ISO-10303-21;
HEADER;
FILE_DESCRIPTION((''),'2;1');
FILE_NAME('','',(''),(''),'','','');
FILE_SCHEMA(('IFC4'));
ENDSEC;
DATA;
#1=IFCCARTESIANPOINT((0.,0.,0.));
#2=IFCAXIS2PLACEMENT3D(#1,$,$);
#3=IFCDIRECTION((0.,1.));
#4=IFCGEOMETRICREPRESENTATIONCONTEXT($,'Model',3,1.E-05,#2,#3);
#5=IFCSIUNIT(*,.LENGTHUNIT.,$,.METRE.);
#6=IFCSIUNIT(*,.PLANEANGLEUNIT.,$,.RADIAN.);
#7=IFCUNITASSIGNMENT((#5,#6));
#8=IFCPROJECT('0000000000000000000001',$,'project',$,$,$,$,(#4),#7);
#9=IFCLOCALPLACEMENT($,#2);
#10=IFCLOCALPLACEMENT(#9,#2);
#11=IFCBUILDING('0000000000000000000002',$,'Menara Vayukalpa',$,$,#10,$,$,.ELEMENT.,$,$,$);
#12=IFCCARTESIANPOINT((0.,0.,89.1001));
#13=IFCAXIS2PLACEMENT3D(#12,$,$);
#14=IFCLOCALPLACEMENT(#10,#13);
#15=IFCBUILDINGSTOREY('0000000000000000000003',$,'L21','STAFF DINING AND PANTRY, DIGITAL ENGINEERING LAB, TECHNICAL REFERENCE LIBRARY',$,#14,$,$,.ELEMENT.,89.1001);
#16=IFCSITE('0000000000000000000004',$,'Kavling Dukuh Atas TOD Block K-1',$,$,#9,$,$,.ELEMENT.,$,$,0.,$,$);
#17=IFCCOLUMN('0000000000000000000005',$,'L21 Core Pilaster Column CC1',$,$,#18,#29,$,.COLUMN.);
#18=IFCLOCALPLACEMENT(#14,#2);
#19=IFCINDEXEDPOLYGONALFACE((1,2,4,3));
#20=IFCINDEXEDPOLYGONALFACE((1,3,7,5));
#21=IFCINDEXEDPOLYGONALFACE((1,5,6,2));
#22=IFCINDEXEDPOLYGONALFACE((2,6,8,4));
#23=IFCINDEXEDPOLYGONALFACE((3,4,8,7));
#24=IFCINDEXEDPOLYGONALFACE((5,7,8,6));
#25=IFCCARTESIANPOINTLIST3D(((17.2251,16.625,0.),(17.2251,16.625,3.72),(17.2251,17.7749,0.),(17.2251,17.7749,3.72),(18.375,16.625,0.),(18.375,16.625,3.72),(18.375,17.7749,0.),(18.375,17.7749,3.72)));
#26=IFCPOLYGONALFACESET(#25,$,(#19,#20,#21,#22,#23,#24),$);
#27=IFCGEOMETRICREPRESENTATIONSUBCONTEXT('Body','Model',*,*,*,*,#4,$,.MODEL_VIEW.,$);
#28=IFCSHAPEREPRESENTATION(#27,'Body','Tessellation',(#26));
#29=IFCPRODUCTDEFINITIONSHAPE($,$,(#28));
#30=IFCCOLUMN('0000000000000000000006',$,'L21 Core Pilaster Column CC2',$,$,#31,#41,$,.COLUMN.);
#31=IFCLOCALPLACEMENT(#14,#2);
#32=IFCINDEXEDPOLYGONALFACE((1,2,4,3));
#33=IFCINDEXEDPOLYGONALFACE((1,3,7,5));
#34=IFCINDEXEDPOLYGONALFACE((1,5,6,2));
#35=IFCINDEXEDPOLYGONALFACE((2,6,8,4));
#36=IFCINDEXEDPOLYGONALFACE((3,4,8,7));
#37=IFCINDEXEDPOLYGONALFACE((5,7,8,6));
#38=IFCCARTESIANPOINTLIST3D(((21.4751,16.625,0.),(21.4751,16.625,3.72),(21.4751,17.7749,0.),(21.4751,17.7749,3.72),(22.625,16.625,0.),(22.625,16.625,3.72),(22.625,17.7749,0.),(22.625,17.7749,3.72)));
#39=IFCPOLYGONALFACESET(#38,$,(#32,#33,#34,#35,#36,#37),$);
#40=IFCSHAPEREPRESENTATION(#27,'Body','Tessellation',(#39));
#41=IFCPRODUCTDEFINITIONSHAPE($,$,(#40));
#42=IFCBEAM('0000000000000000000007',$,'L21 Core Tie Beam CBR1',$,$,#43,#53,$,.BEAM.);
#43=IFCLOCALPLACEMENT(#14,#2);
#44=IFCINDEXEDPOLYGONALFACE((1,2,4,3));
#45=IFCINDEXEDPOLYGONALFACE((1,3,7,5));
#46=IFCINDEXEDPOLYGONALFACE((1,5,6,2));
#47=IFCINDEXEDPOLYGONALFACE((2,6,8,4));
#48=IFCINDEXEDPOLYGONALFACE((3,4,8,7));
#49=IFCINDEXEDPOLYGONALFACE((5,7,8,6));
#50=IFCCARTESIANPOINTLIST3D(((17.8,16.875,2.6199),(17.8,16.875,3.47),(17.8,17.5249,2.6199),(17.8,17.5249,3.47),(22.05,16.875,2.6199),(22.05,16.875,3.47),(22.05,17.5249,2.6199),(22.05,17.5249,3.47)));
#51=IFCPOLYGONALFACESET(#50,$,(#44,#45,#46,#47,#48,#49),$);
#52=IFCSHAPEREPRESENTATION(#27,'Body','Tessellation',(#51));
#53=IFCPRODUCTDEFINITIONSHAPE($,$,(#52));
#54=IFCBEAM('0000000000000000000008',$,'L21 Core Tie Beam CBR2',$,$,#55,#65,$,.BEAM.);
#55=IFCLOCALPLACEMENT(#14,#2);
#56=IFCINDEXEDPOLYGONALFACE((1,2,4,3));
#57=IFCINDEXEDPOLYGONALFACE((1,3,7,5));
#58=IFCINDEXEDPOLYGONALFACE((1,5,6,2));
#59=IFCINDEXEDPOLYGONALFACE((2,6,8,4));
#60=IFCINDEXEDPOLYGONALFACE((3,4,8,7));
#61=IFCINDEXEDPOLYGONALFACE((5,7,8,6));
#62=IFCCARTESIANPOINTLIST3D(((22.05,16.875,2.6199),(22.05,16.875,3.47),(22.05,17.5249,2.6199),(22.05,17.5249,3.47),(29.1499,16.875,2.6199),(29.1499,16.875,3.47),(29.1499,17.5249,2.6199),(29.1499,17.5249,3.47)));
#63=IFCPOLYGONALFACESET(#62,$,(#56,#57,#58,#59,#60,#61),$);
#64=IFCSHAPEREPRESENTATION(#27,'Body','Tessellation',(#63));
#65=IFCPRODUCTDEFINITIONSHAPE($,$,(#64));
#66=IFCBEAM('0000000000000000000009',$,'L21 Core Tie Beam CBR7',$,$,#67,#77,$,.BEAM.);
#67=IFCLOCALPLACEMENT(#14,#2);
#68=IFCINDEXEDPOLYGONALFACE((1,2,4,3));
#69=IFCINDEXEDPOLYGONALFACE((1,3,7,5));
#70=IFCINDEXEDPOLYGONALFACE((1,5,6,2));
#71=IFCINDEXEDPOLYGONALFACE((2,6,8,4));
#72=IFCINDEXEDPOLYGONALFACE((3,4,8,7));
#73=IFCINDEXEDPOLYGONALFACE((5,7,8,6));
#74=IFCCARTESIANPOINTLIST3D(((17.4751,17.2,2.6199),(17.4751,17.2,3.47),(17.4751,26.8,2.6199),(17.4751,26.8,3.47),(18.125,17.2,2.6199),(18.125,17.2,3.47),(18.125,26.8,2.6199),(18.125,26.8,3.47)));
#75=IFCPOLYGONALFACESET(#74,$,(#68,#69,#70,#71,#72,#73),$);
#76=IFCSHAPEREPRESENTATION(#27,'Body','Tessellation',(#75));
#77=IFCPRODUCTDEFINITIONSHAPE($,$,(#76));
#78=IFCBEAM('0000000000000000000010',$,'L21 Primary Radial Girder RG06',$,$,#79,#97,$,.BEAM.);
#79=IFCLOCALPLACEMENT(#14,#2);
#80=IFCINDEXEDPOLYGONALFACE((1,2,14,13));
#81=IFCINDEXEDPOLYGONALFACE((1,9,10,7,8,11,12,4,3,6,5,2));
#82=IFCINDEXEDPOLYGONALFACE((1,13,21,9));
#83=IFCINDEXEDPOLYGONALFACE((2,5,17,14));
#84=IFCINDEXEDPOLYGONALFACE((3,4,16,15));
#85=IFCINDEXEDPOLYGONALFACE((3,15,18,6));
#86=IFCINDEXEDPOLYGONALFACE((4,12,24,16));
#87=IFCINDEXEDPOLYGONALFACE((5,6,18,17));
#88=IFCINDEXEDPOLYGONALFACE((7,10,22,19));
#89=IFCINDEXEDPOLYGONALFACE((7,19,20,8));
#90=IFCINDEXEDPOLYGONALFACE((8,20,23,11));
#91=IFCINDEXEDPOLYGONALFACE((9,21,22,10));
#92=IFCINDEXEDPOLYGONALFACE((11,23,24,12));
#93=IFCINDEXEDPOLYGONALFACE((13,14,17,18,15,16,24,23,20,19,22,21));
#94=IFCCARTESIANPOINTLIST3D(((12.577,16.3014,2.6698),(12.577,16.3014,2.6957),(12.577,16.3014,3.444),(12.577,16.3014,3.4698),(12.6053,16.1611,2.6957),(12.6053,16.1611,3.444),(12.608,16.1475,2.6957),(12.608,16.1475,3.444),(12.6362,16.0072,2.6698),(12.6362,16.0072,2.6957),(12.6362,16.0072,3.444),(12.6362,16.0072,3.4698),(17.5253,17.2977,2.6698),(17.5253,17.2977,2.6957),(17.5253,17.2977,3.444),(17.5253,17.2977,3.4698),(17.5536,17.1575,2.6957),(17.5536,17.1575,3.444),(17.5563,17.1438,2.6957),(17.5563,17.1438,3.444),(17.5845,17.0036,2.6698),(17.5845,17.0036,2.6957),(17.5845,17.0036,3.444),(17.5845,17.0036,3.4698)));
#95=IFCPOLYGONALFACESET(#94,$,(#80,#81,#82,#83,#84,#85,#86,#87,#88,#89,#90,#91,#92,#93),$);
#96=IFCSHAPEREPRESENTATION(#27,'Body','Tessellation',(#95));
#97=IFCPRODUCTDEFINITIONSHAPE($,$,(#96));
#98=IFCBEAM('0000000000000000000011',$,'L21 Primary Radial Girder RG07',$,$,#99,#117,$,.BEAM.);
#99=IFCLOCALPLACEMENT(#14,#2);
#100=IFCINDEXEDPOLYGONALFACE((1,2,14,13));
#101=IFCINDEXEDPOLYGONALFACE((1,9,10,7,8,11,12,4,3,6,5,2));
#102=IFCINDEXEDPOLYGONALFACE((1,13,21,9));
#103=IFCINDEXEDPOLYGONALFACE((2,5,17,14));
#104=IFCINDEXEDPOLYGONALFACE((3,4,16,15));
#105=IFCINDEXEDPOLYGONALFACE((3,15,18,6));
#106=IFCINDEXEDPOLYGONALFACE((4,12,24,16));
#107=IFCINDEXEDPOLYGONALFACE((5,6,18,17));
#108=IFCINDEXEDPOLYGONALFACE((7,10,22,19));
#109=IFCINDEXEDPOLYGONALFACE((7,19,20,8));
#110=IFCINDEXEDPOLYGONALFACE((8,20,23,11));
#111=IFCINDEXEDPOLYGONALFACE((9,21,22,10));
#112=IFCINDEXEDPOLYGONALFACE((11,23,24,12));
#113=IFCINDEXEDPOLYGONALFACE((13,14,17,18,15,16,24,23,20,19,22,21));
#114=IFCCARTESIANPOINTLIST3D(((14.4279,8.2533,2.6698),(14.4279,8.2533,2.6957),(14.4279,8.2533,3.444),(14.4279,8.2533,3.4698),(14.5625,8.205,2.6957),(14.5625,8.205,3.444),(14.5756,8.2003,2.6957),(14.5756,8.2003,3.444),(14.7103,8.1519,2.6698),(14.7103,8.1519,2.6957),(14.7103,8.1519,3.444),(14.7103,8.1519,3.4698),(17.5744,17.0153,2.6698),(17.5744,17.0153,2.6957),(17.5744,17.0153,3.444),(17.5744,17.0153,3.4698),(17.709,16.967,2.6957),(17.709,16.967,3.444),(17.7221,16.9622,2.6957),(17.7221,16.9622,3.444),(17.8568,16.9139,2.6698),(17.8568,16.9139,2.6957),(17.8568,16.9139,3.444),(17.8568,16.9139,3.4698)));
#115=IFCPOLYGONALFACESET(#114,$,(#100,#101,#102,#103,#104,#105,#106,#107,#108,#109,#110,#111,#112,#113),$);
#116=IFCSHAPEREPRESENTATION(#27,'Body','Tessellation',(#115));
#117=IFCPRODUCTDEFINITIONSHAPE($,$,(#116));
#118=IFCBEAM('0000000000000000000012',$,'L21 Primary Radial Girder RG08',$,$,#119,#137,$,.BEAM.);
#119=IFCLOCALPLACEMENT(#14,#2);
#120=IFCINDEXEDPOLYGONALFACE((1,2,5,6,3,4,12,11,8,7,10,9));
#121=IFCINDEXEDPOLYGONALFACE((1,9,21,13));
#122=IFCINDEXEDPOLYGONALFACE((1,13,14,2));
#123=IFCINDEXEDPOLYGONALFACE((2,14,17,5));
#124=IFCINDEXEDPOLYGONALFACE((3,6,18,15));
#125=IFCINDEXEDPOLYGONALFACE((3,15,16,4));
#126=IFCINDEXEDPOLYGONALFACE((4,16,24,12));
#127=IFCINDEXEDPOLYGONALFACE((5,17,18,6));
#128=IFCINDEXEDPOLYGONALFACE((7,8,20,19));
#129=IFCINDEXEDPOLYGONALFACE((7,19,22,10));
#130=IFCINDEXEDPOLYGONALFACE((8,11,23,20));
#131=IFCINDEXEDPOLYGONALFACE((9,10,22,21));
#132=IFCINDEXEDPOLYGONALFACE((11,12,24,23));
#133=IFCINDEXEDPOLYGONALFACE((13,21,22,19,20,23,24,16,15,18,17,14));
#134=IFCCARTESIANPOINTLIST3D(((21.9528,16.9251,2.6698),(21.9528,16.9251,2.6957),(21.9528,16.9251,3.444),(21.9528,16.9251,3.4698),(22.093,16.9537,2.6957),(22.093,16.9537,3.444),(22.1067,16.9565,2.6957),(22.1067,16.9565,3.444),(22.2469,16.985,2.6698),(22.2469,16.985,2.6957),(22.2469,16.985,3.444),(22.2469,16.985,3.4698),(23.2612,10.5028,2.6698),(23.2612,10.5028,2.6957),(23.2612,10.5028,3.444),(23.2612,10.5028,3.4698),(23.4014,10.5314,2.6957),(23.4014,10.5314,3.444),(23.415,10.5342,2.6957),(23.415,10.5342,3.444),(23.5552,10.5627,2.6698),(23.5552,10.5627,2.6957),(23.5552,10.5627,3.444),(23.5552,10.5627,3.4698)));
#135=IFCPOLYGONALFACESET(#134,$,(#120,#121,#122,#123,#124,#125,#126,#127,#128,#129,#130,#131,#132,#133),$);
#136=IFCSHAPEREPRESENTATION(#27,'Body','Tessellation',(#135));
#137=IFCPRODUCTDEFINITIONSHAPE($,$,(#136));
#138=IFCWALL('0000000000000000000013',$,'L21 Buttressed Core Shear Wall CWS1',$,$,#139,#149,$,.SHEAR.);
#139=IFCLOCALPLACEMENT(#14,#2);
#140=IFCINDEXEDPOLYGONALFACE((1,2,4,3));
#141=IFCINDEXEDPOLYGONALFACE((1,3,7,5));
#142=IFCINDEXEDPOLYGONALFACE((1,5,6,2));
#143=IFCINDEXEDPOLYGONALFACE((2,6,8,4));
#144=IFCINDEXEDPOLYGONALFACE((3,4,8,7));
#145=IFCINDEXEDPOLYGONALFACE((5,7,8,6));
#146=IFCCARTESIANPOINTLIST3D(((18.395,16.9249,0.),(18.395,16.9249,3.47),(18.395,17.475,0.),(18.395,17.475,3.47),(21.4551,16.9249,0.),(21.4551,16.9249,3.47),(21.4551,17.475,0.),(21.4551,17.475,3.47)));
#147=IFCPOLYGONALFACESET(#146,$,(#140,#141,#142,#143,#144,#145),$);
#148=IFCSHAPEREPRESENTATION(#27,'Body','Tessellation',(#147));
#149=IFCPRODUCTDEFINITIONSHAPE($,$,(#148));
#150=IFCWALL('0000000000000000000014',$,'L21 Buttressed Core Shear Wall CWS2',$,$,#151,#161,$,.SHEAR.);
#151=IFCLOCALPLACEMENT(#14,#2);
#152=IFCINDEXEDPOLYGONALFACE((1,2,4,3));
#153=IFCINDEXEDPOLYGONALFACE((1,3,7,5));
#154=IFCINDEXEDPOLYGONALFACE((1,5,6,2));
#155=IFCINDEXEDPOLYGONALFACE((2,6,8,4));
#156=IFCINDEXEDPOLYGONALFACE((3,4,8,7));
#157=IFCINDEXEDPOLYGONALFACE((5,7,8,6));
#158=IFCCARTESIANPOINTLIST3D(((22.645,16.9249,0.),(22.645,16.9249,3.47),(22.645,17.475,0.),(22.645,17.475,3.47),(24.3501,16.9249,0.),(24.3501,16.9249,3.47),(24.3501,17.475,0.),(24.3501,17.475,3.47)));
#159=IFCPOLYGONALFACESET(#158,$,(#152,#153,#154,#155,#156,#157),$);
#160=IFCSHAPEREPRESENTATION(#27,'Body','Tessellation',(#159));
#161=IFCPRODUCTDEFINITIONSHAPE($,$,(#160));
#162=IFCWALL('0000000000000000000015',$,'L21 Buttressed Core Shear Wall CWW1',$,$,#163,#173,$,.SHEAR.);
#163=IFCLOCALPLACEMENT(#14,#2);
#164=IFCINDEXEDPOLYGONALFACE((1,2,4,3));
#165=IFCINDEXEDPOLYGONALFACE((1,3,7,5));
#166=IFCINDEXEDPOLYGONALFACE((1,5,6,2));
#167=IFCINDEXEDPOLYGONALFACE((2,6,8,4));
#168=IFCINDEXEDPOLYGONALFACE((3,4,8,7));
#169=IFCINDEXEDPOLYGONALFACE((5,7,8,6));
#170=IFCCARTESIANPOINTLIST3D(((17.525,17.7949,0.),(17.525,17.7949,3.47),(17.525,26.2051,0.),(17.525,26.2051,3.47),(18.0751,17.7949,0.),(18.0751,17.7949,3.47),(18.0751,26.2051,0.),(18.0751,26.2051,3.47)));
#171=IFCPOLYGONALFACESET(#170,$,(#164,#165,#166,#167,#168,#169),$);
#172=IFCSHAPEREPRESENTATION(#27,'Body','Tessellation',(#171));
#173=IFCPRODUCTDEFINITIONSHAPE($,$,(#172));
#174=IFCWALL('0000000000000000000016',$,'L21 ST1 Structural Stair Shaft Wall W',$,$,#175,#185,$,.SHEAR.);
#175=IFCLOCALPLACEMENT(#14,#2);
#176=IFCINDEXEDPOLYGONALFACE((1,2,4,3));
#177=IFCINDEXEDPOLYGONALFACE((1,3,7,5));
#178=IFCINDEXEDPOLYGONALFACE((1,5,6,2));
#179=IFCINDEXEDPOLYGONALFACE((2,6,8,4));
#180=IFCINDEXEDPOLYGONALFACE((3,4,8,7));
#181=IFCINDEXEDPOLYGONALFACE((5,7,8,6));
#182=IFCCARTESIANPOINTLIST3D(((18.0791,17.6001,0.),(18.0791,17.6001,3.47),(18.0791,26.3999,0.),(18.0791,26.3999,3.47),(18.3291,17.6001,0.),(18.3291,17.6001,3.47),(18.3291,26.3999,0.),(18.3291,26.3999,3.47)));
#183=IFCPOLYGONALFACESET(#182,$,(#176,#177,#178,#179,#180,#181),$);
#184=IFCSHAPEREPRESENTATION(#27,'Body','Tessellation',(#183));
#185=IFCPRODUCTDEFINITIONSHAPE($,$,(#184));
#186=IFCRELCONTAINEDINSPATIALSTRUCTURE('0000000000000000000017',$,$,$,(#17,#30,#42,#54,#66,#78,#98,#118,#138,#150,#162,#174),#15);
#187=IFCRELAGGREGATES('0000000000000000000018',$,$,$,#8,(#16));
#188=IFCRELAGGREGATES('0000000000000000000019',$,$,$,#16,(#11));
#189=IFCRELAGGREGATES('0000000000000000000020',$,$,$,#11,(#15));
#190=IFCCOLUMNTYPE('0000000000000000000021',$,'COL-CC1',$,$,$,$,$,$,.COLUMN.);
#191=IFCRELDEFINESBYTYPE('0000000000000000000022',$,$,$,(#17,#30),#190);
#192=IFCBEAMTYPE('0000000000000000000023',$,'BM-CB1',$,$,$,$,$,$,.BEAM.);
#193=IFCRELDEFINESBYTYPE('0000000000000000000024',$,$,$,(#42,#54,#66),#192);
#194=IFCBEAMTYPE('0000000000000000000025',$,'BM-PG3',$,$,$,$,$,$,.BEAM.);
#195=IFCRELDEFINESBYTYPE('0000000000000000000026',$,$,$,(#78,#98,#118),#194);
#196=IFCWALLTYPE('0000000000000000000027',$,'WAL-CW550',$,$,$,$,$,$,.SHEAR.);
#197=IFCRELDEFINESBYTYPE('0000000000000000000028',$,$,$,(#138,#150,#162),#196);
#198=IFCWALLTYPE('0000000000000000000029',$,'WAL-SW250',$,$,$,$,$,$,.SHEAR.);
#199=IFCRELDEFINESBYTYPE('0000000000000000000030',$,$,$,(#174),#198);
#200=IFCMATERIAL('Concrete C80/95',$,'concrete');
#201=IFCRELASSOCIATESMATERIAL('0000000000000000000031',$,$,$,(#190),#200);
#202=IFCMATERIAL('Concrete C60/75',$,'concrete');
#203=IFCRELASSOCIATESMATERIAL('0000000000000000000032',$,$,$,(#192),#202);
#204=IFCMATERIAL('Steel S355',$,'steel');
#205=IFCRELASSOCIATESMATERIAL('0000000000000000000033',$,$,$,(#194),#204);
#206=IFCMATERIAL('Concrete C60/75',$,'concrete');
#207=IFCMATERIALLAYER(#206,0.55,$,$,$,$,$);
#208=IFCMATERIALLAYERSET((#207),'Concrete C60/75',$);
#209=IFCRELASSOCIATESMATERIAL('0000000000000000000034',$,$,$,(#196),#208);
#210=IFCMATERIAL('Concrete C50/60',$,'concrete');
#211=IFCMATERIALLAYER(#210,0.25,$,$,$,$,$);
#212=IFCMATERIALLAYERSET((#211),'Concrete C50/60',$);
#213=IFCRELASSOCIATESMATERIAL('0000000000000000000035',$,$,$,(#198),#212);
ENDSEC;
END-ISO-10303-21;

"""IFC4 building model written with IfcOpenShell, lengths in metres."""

from ifc_helpers import new_model, si_unit, direction, frame, frame_2d, origin, origin_2d, place, context, subcontext, project, spatial, rectangle, i_section, extrude, material, layer, layer_set, material_profile, profile_set, type_object, element, save


model = new_model("IFC4")

# Units and contexts
model_context = context("Model", 3, precision=1e-05, world=origin(), true_north=direction((0.0, 1.0)))
body_context = subcontext(model_context, "Body", "Model", "MODEL_VIEW")
ifc_project = project(units=[si_unit("LENGTHUNIT", "METRE"), si_unit("PLANEANGLEUNIT", "RADIAN")], contexts=[model_context])

# Site, building, storey
site_placement = place(None, origin())
site = spatial("IfcSite", under=ifc_project, at=site_placement, Name="Kavling Dukuh Atas TOD Block K-1", CompositionType="ELEMENT", RefElevation=0.0)
building_placement = place(site_placement, origin())
building = spatial("IfcBuilding", under=site, at=building_placement, Name="Menara Vayukalpa", CompositionType="ELEMENT")
storey_placement = place(building_placement, frame((0.0, 0.0, 89.1001)))
storey = spatial("IfcBuildingStorey", under=building, at=storey_placement, Name="L21", Description="STAFF DINING AND PANTRY, DIGITAL ENGINEERING LAB, TECHNICAL REFERENCE LIBRARY", CompositionType="ELEMENT", Elevation=89.1001)

# Columns
ifc_material_1 = material(Name="Concrete C80/95", Category="concrete")
ifc_material_profile_1 = material_profile(ifc_material_1, rectangle(XDim=1.1499, YDim=1.1499, at=origin_2d()), Name="RC 1150x1150")
ifc_profile_set_1 = profile_set([ifc_material_profile_1], Name="Concrete C80/95")
column_type = type_object("IfcColumnType", Name="COL-CC1", PredefinedType="COLUMN", material=ifc_profile_set_1)
for number, where, z_axis, x_axis, name in (
    (1, (17.8, 17.2, 0.0), (0.0, 0.0, 1.0), (1.0, 0.0, 0.0), "L21 Core Pilaster Column CC1"),
    (2, (22.05, 17.2, 0.0), (0.0, 0.0, 1.0), (1.0, 0.0, 0.0), "L21 Core Pilaster Column CC2"),
):
    element("IfcColumn", number, at=place(storey_placement, frame(where, z_axis=z_axis, x_axis=x_axis)), inside=storey, type_object=column_type, Name=name, PredefinedType="COLUMN", context=body_context, shape_type="SweptSolid", body=[
        extrude(rectangle(XDim=1.1499, YDim=1.1499, at=origin_2d()), origin(), (0.0, 0.0, 1.0), 3.72),
    ])

# Beams
ifc_material_2 = material(Name="Concrete C60/75", Category="concrete")
ifc_material_profile_2 = material_profile(ifc_material_2, rectangle(XDim=0.6499, YDim=0.8501, at=origin_2d()), Name="RC 650x850")
ifc_profile_set_2 = profile_set([ifc_material_profile_2], Name="Concrete C60/75")
beam_type_1 = type_object("IfcBeamType", Name="BM-CB1", PredefinedType="BEAM", material=ifc_profile_set_2)
beam_1_placement = place(storey_placement, frame((17.8, 17.2, 3.0449), z_axis=(1.0, 0.0, 0.0), x_axis=(0.0, 1.0, 0.0)))
element("IfcBeam", 3, at=beam_1_placement, inside=storey, type_object=beam_type_1, Name="L21 Core Tie Beam CBR1", PredefinedType="BEAM", context=body_context, shape_type="SweptSolid", body=[
    extrude(rectangle(XDim=0.6499, YDim=0.8501, at=origin_2d()), origin(), (0.0, 0.0, 1.0), 4.25),
])
beam_2_placement = place(storey_placement, frame((22.05, 17.2, 3.0449), z_axis=(1.0, 0.0, 0.0), x_axis=(0.0, 1.0, 0.0)))
element("IfcBeam", 4, at=beam_2_placement, inside=storey, type_object=beam_type_1, Name="L21 Core Tie Beam CBR2", PredefinedType="BEAM", context=body_context, shape_type="SweptSolid", body=[
    extrude(rectangle(XDim=0.6499, YDim=0.8501, at=origin_2d()), origin(), (0.0, 0.0, 1.0), 7.0999),
])
beam_3_placement = place(storey_placement, frame((17.8, 17.2, 3.0449), z_axis=(0.0, 1.0, 0.0), x_axis=(-1.0, 0.0, 0.0)))
element("IfcBeam", 5, at=beam_3_placement, inside=storey, type_object=beam_type_1, Name="L21 Core Tie Beam CBR7", PredefinedType="BEAM", context=body_context, shape_type="SweptSolid", body=[
    extrude(rectangle(XDim=0.6499, YDim=0.8501, at=origin_2d()), origin(), (0.0, 0.0, 1.0), 9.6001),
])
ifc_material_3 = material(Name="Steel S355", Category="steel")
ifc_material_profile_3 = material_profile(ifc_material_3, i_section(OverallWidth=0.3, OverallDepth=0.8, WebThickness=0.0139, FlangeThickness=0.0259, at=origin_2d()), Name="WF 800x300x14x26")
ifc_profile_set_3 = profile_set([ifc_material_profile_3], Name="Steel S355")
beam_type_2 = type_object("IfcBeamType", Name="BM-PG3", PredefinedType="BEAM", material=ifc_profile_set_3)
beam_4_placement = place(storey_placement, frame((17.5549, 17.1506, 3.0698), z_axis=(-0.980325, -0.19739, 0.0), x_axis=(0.19739, -0.980325, 0.0)))
element("IfcBeam", 6, at=beam_4_placement, inside=storey, type_object=beam_type_2, Name="L21 Primary Radial Girder RG06", PredefinedType="BEAM", context=body_context, shape_type="SweptSolid", body=[
    extrude(i_section(OverallWidth=0.3, OverallDepth=0.8, WebThickness=0.0139, FlangeThickness=0.0259, at=origin_2d()), origin(), (0.0, 0.0, 1.0), 5.0476),
])
beam_5_placement = place(storey_placement, frame((17.7156, 16.9646, 3.0698), z_axis=(-0.337976, -0.941155, 0.0), x_axis=(0.941155, -0.337976, 0.0)))
element("IfcBeam", 7, at=beam_5_placement, inside=storey, type_object=beam_type_2, Name="L21 Primary Radial Girder RG07", PredefinedType="BEAM", context=body_context, shape_type="SweptSolid", body=[
    extrude(i_section(OverallWidth=0.3, OverallDepth=0.8, WebThickness=0.0139, FlangeThickness=0.0259, at=origin_2d()), origin(), (0.0, 0.0, 1.0), 9.3098),
])
beam_6_placement = place(storey_placement, frame((22.0999, 16.9551, 3.0698), z_axis=(0.199618, -0.979874, 0.0), x_axis=(0.979874, 0.199618, 0.0)))
element("IfcBeam", 8, at=beam_6_placement, inside=storey, type_object=beam_type_2, Name="L21 Primary Radial Girder RG08", PredefinedType="BEAM", context=body_context, shape_type="SweptSolid", body=[
    extrude(i_section(OverallWidth=0.3, OverallDepth=0.8, WebThickness=0.0139, FlangeThickness=0.0259, at=origin_2d()), origin(), (0.0, 0.0, 1.0), 6.5542),
])

# Walls
ifc_material_4 = material(Name="Concrete C60/75", Category="concrete")
ifc_layer_1 = layer(ifc_material_4, 0.55)
ifc_layer_set_1 = layer_set([ifc_layer_1], Name="Concrete C60/75")
wall_type_1 = type_object("IfcWallType", Name="WAL-CW550", PredefinedType="SHEAR", material=ifc_layer_set_1)
wall_1_placement = place(storey_placement, frame((18.395, 17.2, 0.0), z_axis=(0.0, 0.0, 1.0), x_axis=(1.0, 0.0, 0.0)))
element("IfcWall", 9, at=wall_1_placement, inside=storey, type_object=wall_type_1, Name="L21 Buttressed Core Shear Wall CWS1", PredefinedType="SHEAR", context=body_context, shape_type="SweptSolid", body=[
    extrude(rectangle(XDim=3.0601, YDim=0.55, at=frame_2d((1.53, 0.0))), origin(), (0.0, 0.0, 1.0), 3.47),
])
wall_2_placement = place(storey_placement, frame((22.645, 17.2, 0.0), z_axis=(0.0, 0.0, 1.0), x_axis=(1.0, 0.0, 0.0)))
element("IfcWall", 10, at=wall_2_placement, inside=storey, type_object=wall_type_1, Name="L21 Buttressed Core Shear Wall CWS2", PredefinedType="SHEAR", context=body_context, shape_type="SweptSolid", body=[
    extrude(rectangle(XDim=1.7051, YDim=0.55, at=frame_2d((0.8525, 0.0))), origin(), (0.0, 0.0, 1.0), 3.47),
])
wall_3_placement = place(storey_placement, frame((17.8, 17.7949, 0.0), z_axis=(0.0, 0.0, 1.0), x_axis=(0.0, 1.0, 0.0)))
element("IfcWall", 11, at=wall_3_placement, inside=storey, type_object=wall_type_1, Name="L21 Buttressed Core Shear Wall CWW1", PredefinedType="SHEAR", context=body_context, shape_type="SweptSolid", body=[
    extrude(rectangle(XDim=8.4102, YDim=0.55, at=frame_2d((4.2051, 0.0))), origin(), (0.0, 0.0, 1.0), 3.47),
])
ifc_material_5 = material(Name="Concrete C50/60", Category="concrete")
ifc_layer_2 = layer(ifc_material_5, 0.25)
ifc_layer_set_2 = layer_set([ifc_layer_2], Name="Concrete C50/60")
wall_type_2 = type_object("IfcWallType", Name="WAL-SW250", PredefinedType="SHEAR", material=ifc_layer_set_2)
wall_4_placement = place(storey_placement, frame((18.2041, 17.6001, 0.0), z_axis=(0.0, 0.0, 1.0), x_axis=(0.0, 1.0, 0.0)))
element("IfcWall", 12, at=wall_4_placement, inside=storey, type_object=wall_type_2, Name="L21 ST1 Structural Stair Shaft Wall W", PredefinedType="SHEAR", context=body_context, shape_type="SweptSolid", body=[
    extrude(rectangle(XDim=8.7998, YDim=0.25, at=frame_2d((4.3999, 0.0))), origin(), (0.0, 0.0, 1.0), 3.47),
])

save(model, "model.ifc")
